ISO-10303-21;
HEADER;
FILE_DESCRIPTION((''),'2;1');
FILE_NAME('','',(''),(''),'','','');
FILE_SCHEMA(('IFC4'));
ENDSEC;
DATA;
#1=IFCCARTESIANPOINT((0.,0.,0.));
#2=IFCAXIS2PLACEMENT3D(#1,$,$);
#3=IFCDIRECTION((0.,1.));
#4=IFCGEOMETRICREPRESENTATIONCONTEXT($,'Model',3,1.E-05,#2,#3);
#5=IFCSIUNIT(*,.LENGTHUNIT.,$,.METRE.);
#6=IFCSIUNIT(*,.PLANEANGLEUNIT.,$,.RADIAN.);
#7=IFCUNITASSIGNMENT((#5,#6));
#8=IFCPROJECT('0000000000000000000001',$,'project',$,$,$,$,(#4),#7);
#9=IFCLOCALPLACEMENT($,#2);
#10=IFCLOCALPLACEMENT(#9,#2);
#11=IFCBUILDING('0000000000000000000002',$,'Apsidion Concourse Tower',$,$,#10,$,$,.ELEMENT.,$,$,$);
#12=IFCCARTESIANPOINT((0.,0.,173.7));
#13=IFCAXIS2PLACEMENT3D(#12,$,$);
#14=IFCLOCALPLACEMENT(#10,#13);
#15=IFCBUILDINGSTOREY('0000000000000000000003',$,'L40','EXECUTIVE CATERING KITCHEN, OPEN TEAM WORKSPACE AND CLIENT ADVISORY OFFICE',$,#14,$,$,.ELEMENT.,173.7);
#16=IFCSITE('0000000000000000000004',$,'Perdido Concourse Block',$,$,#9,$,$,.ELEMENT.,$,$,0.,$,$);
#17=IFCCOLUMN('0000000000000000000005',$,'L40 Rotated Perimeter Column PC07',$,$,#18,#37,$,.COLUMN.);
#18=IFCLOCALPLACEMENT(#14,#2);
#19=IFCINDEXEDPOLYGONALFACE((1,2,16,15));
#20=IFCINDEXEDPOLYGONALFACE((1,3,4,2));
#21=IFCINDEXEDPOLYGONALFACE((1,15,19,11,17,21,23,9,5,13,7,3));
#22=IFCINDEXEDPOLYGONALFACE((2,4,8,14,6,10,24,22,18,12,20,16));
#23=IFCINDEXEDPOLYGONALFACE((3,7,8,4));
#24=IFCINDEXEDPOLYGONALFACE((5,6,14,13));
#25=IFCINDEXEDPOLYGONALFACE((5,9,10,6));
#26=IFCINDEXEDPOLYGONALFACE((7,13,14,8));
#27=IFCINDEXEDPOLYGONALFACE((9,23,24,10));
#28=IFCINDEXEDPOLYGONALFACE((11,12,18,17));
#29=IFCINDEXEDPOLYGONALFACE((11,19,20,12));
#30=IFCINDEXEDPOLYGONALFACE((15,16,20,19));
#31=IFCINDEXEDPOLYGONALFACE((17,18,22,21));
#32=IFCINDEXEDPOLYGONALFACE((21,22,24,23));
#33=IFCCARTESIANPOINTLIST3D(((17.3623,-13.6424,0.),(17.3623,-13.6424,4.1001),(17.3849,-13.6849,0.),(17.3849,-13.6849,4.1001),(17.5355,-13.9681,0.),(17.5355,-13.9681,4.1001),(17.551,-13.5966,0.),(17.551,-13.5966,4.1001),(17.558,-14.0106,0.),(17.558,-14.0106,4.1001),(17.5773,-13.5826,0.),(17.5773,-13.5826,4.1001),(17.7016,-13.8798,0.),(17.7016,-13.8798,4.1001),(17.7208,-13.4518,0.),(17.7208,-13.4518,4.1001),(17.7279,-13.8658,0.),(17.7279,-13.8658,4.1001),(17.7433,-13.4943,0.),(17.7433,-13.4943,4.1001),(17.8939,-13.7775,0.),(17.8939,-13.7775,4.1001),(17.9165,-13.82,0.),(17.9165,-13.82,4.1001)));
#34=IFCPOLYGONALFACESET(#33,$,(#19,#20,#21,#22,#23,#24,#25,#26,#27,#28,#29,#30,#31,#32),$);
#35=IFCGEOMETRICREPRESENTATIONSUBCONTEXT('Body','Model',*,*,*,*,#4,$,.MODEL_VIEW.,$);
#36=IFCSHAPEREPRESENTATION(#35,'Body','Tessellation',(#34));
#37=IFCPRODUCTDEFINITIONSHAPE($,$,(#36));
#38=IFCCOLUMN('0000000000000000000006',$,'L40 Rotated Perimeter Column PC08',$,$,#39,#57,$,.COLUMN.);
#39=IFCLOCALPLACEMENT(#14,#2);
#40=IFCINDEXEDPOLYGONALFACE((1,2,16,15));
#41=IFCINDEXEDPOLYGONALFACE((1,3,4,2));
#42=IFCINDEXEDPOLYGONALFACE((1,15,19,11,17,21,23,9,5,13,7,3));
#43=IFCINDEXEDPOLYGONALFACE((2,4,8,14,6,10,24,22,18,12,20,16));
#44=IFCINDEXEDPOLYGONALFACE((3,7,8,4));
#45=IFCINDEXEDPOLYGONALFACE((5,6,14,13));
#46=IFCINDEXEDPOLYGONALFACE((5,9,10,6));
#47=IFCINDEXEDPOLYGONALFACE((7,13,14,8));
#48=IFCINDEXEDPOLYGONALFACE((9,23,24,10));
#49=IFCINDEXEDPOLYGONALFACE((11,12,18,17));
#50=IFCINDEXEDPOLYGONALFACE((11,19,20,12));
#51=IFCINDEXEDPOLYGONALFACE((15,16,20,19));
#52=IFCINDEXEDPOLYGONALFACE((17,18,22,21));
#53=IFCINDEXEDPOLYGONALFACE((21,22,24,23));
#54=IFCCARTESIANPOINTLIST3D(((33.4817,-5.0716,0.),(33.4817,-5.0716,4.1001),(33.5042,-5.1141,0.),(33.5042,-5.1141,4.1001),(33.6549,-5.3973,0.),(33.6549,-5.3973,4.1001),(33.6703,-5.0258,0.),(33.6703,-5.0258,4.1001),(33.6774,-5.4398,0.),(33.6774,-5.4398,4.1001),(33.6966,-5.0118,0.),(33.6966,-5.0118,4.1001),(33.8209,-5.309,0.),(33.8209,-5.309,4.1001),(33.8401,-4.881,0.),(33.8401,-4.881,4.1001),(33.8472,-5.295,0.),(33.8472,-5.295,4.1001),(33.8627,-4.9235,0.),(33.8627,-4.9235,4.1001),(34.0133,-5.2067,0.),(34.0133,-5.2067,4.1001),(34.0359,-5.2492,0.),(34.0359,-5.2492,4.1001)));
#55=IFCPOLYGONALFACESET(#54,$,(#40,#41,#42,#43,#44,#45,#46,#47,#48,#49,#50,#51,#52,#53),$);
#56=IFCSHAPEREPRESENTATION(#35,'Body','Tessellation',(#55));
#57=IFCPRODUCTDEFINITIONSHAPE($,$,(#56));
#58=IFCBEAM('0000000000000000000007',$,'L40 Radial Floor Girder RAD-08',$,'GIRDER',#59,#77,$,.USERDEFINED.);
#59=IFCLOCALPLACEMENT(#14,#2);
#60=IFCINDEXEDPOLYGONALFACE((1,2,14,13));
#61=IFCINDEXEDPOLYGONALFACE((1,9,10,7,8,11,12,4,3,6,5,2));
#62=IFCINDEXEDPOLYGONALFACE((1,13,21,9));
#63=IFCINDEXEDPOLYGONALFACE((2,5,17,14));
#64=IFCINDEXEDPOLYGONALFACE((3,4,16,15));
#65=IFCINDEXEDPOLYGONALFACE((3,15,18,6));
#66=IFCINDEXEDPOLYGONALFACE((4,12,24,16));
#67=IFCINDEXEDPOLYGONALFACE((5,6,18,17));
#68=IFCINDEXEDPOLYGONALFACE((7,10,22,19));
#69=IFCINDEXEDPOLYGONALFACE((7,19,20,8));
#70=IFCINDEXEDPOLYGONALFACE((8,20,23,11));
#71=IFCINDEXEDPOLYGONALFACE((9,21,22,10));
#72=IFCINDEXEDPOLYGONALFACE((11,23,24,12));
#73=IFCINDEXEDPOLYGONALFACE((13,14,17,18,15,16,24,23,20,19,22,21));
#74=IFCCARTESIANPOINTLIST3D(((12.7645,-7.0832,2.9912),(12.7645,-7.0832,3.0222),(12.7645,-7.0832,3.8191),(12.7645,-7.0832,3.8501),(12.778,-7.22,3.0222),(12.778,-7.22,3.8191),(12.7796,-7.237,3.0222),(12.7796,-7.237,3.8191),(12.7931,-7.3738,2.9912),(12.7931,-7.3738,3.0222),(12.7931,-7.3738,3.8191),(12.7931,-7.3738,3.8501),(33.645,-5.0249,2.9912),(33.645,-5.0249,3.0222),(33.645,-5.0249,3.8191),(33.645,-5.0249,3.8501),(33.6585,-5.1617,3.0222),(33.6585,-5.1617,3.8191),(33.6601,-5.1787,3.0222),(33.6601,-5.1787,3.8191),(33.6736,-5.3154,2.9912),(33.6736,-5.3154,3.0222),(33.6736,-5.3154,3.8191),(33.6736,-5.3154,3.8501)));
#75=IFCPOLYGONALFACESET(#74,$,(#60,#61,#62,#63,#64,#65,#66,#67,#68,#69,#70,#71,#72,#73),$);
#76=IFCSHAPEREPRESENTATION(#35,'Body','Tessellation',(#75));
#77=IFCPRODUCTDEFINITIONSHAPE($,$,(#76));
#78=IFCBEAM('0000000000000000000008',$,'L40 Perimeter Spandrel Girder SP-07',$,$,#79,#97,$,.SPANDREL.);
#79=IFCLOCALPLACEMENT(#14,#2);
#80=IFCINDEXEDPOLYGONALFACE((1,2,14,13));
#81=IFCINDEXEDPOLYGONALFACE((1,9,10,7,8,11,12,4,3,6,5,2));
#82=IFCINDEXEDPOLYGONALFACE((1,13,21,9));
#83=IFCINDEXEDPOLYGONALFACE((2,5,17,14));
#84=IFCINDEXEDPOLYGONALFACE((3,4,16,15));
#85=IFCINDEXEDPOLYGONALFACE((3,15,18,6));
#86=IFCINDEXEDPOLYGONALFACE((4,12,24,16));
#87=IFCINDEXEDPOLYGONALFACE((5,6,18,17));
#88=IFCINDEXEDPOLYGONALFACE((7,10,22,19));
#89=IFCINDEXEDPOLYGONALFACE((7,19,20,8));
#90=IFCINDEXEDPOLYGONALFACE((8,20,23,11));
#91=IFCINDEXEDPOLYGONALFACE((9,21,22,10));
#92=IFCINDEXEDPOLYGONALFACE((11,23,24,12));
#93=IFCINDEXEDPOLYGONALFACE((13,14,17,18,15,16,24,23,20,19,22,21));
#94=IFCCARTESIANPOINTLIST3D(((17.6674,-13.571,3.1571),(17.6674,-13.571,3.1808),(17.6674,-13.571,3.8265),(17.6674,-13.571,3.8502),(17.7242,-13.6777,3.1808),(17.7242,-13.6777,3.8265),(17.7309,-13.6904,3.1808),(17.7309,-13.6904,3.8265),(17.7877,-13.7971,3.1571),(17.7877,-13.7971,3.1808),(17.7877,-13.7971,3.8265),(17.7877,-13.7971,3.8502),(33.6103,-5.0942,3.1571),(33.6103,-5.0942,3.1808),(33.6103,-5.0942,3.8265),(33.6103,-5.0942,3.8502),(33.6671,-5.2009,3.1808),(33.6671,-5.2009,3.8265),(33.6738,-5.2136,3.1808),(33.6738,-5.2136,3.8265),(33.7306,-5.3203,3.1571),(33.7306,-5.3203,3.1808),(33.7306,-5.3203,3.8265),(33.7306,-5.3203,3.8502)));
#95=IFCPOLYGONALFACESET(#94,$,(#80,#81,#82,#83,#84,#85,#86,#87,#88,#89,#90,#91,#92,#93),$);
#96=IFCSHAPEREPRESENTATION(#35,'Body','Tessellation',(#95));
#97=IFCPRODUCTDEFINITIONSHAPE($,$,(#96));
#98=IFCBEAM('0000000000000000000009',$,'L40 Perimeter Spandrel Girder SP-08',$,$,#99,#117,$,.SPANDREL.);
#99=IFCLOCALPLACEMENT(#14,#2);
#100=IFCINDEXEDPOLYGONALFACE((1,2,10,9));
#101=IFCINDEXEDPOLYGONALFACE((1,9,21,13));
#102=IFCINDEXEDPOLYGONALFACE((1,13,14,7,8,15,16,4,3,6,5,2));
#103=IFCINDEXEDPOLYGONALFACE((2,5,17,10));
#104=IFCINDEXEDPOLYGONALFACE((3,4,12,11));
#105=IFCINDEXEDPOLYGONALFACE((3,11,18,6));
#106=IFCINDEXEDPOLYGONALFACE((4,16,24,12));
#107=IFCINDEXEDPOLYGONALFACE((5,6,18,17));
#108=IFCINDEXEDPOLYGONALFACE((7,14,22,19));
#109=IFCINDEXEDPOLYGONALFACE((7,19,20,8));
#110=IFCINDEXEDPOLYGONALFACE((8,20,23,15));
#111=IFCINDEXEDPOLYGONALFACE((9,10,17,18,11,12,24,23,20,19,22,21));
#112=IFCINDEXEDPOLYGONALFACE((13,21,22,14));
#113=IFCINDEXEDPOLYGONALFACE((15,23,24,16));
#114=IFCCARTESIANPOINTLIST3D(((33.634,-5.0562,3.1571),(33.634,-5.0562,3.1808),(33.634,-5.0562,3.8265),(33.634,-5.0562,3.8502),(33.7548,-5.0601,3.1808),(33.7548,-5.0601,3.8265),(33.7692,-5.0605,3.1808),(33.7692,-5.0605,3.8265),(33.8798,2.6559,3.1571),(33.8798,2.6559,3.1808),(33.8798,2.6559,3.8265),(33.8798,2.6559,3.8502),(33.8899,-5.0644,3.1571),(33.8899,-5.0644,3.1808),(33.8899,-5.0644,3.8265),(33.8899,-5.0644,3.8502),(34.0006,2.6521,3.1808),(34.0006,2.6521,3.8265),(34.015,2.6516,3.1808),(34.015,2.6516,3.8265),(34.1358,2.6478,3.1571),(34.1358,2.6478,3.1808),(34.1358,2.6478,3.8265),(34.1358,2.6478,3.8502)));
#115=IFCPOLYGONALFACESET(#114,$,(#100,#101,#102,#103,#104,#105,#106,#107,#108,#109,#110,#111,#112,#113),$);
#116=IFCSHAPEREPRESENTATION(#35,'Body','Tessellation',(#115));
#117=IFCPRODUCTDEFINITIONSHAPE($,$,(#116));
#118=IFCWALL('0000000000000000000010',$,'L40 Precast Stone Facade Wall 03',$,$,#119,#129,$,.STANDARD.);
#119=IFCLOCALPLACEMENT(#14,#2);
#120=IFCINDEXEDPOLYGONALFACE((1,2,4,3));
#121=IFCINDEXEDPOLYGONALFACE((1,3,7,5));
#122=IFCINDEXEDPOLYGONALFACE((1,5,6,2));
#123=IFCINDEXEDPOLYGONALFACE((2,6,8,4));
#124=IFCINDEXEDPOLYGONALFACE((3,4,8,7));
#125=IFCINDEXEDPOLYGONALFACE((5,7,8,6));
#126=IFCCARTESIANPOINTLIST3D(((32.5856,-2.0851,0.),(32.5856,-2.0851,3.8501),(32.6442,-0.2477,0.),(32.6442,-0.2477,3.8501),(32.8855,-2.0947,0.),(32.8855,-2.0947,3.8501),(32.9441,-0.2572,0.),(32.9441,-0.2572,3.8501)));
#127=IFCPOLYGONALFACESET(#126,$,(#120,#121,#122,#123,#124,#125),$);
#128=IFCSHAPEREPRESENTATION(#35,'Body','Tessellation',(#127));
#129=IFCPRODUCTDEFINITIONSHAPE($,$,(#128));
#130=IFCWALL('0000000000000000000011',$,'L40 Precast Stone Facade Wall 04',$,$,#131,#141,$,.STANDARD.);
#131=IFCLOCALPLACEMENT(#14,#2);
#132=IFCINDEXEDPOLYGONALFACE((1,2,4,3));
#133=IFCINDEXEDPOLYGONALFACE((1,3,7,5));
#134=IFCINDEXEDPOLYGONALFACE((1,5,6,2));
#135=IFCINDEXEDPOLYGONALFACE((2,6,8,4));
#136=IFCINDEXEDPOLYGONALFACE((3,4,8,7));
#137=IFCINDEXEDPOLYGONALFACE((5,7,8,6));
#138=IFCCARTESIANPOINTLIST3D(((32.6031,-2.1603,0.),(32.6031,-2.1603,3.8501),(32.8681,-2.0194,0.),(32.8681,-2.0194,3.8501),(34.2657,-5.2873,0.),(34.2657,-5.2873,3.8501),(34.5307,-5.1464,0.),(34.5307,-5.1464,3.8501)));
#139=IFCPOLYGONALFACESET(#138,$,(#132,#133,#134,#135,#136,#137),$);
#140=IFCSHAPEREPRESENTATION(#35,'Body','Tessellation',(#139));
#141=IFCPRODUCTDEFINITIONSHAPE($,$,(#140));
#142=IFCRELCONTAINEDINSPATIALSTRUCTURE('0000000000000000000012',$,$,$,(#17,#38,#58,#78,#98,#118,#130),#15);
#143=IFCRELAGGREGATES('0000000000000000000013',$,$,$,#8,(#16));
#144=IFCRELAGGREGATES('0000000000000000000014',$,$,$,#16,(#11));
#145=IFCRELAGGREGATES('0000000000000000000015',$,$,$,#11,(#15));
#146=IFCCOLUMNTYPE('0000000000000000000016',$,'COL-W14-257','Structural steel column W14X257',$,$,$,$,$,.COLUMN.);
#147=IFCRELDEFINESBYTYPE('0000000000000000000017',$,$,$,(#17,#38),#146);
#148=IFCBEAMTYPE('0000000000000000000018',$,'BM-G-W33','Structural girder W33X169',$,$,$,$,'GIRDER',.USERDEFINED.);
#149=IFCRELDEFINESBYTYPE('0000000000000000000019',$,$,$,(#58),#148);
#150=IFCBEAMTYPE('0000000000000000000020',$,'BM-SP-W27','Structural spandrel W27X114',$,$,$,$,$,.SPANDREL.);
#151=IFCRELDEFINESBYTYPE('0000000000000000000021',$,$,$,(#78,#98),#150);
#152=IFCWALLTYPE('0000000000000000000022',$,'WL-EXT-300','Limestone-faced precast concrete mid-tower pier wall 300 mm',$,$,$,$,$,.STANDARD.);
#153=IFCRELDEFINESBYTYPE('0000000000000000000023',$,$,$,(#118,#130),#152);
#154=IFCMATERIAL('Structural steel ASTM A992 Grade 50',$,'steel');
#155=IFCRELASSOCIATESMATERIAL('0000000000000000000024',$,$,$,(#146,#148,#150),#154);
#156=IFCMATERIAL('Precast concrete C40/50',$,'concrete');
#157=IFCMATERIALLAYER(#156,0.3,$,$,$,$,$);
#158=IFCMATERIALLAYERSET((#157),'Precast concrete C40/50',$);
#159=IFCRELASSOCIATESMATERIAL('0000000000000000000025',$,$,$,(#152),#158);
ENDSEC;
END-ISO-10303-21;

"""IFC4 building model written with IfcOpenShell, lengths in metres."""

from ifc_helpers import new_model, si_unit, direction, frame, frame_2d, origin, origin_2d, place, context, subcontext, project, spatial, rectangle, i_section, extrude, material, layer, layer_set, material_profile, profile_set, type_object, element, save


model = new_model("IFC4")

# Units and contexts
model_context = context("Model", 3, precision=1e-05, world=origin(), true_north=direction((0.0, 1.0)))
body_context = subcontext(model_context, "Body", "Model", "MODEL_VIEW")
ifc_project = project(units=[si_unit("LENGTHUNIT", "METRE"), si_unit("PLANEANGLEUNIT", "RADIAN")], contexts=[model_context])

# Site, building, storey
site_placement = place(None, origin())
site = spatial("IfcSite", under=ifc_project, at=site_placement, Name="Perdido Concourse Block", CompositionType="ELEMENT", RefElevation=0.0)
building_placement = place(site_placement, origin())
building = spatial("IfcBuilding", under=site, at=building_placement, Name="Apsidion Concourse Tower", CompositionType="ELEMENT")
storey_placement = place(building_placement, frame((0.0, 0.0, 173.7)))
storey = spatial("IfcBuildingStorey", under=building, at=storey_placement, Name="L40", Description="EXECUTIVE CATERING KITCHEN, OPEN TEAM WORKSPACE AND CLIENT ADVISORY OFFICE", CompositionType="ELEMENT", Elevation=173.7)

# Columns
ifc_material_1 = material(Name="Structural steel ASTM A992 Grade 50", Category="steel")
ifc_material_profile_1 = material_profile(ifc_material_1, i_section(OverallWidth=0.406, OverallDepth=0.417, WebThickness=0.0298, FlangeThickness=0.0481, at=origin_2d()), Name="W14X257")
ifc_profile_set_1 = profile_set([ifc_material_profile_1], Name="Structural steel ASTM A992 Grade 50")
column_type = type_object("IfcColumnType", Name="COL-W14-257", Description="Structural steel column W14X257", PredefinedType="COLUMN", material=ifc_profile_set_1)
for number, where, z_axis, x_axis, name in (
    (1, (17.6394, -13.7312, 0.0), (0.0, 0.0, 1.0), (0.882948, 0.469472, 0.0), "L40 Rotated Perimeter Column PC07"),
    (2, (33.7588, -5.1604, 0.0), (0.0, 0.0, 1.0), (0.882948, 0.469472, 0.0), "L40 Rotated Perimeter Column PC08"),
):
    element("IfcColumn", number, at=place(storey_placement, frame(where, z_axis=z_axis, x_axis=x_axis)), inside=storey, type_object=column_type, Name=name, PredefinedType="COLUMN", context=body_context, shape_type="SweptSolid", body=[
        extrude(i_section(OverallWidth=0.406, OverallDepth=0.417, WebThickness=0.0298, FlangeThickness=0.0481, at=origin_2d()), origin(), (0.0, 0.0, 1.0), 4.1001),
    ])

# Beams
ifc_material_profile_2 = material_profile(ifc_material_1, i_section(OverallWidth=0.292, OverallDepth=0.8589, WebThickness=0.0171, FlangeThickness=0.031, at=origin_2d()), Name="W33X169")
ifc_profile_set_2 = profile_set([ifc_material_profile_2], Name="Structural steel ASTM A992 Grade 50")
beam_type_1 = type_object("IfcBeamType", Name="BM-G-W33", Description="Structural girder W33X169", ElementType="GIRDER", PredefinedType="USERDEFINED", material=ifc_profile_set_2)
beam_1_placement = place(storey_placement, frame((12.7788, -7.2285, 3.4207), z_axis=(0.995176, 0.098103, 0.0), x_axis=(-0.098103, 0.995176, 0.0)))
element("IfcBeam", 3, at=beam_1_placement, inside=storey, type_object=beam_type_1, Name="L40 Radial Floor Girder RAD-08", ObjectType="GIRDER", PredefinedType="USERDEFINED", context=body_context, shape_type="SweptSolid", body=[
    extrude(i_section(OverallWidth=0.292, OverallDepth=0.8589, WebThickness=0.0171, FlangeThickness=0.031, at=origin_2d()), origin(), (0.0, 0.0, 1.0), 20.9817),
])
ifc_material_profile_3 = material_profile(ifc_material_1, i_section(OverallWidth=0.2561, OverallDepth=0.6931, WebThickness=0.0144, FlangeThickness=0.0237, at=origin_2d()), Name="W27X114")
ifc_profile_set_3 = profile_set([ifc_material_profile_3], Name="Structural steel ASTM A992 Grade 50")
beam_type_2 = type_object("IfcBeamType", Name="BM-SP-W27", Description="Structural spandrel W27X114", PredefinedType="SPANDREL", material=ifc_profile_set_3)
beam_2_placement = place(storey_placement, frame((17.7275, -13.6841, 3.5037), z_axis=(0.882951, 0.469464, 0.0), x_axis=(-0.469464, 0.882951, 0.0)))
element("IfcBeam", 4, at=beam_2_placement, inside=storey, type_object=beam_type_2, Name="L40 Perimeter Spandrel Girder SP-07", PredefinedType="SPANDREL", context=body_context, shape_type="SweptSolid", body=[
    extrude(i_section(OverallWidth=0.2561, OverallDepth=0.6931, WebThickness=0.0144, FlangeThickness=0.0237, at=origin_2d()), origin(), (0.0, 0.0, 1.0), 18.0564),
])
beam_3_placement = place(storey_placement, frame((33.762, -5.0603, 3.5037), z_axis=(0.031862, 0.999492, 0.0), x_axis=(-0.999492, 0.031862, 0.0)))
element("IfcBeam", 5, at=beam_3_placement, inside=storey, type_object=beam_type_2, Name="L40 Perimeter Spandrel Girder SP-08", PredefinedType="SPANDREL", context=body_context, shape_type="SweptSolid", body=[
    extrude(i_section(OverallWidth=0.2561, OverallDepth=0.6931, WebThickness=0.0144, FlangeThickness=0.0237, at=origin_2d()), origin(), (0.0, 0.0, 1.0), 7.7161),
])

# Walls
ifc_material_2 = material(Name="Precast concrete C40/50", Category="concrete")
ifc_layer_1 = layer(ifc_material_2, 0.3)
ifc_layer_set_1 = layer_set([ifc_layer_1], Name="Precast concrete C40/50")
wall_type_1 = type_object("IfcWallType", Name="WL-EXT-300", Description="Limestone-faced precast concrete mid-tower pier wall 300 mm", PredefinedType="STANDARD", material=ifc_layer_set_1)
wall_1_placement = place(storey_placement, frame((32.7942, -0.2524, 0.0), z_axis=(0.0, 0.0, 1.0), x_axis=(-0.031873, -0.999492, 0.0)))
element("IfcWall", 6, at=wall_1_placement, inside=storey, type_object=wall_type_1, Name="L40 Precast Stone Facade Wall 03", PredefinedType="STANDARD", context=body_context, shape_type="SweptSolid", body=[
    extrude(rectangle(XDim=1.8384, YDim=0.3, at=frame_2d((0.9192, 0.0))), origin(), (0.0, 0.0, 1.0), 3.8501),
])
wall_2_placement = place(storey_placement, frame((32.7356, -2.0898, 0.0), z_axis=(0.0, 0.0, 1.0), x_axis=(0.469464, -0.882951, 0.0)))
element("IfcWall", 7, at=wall_2_placement, inside=storey, type_object=wall_type_1, Name="L40 Precast Stone Facade Wall 04", PredefinedType="STANDARD", context=body_context, shape_type="SweptSolid", body=[
    extrude(rectangle(XDim=3.5415, YDim=0.3, at=frame_2d((1.7708, 0.0))), origin(), (0.0, 0.0, 1.0), 3.8501),
])

save(model, "model.ifc")
